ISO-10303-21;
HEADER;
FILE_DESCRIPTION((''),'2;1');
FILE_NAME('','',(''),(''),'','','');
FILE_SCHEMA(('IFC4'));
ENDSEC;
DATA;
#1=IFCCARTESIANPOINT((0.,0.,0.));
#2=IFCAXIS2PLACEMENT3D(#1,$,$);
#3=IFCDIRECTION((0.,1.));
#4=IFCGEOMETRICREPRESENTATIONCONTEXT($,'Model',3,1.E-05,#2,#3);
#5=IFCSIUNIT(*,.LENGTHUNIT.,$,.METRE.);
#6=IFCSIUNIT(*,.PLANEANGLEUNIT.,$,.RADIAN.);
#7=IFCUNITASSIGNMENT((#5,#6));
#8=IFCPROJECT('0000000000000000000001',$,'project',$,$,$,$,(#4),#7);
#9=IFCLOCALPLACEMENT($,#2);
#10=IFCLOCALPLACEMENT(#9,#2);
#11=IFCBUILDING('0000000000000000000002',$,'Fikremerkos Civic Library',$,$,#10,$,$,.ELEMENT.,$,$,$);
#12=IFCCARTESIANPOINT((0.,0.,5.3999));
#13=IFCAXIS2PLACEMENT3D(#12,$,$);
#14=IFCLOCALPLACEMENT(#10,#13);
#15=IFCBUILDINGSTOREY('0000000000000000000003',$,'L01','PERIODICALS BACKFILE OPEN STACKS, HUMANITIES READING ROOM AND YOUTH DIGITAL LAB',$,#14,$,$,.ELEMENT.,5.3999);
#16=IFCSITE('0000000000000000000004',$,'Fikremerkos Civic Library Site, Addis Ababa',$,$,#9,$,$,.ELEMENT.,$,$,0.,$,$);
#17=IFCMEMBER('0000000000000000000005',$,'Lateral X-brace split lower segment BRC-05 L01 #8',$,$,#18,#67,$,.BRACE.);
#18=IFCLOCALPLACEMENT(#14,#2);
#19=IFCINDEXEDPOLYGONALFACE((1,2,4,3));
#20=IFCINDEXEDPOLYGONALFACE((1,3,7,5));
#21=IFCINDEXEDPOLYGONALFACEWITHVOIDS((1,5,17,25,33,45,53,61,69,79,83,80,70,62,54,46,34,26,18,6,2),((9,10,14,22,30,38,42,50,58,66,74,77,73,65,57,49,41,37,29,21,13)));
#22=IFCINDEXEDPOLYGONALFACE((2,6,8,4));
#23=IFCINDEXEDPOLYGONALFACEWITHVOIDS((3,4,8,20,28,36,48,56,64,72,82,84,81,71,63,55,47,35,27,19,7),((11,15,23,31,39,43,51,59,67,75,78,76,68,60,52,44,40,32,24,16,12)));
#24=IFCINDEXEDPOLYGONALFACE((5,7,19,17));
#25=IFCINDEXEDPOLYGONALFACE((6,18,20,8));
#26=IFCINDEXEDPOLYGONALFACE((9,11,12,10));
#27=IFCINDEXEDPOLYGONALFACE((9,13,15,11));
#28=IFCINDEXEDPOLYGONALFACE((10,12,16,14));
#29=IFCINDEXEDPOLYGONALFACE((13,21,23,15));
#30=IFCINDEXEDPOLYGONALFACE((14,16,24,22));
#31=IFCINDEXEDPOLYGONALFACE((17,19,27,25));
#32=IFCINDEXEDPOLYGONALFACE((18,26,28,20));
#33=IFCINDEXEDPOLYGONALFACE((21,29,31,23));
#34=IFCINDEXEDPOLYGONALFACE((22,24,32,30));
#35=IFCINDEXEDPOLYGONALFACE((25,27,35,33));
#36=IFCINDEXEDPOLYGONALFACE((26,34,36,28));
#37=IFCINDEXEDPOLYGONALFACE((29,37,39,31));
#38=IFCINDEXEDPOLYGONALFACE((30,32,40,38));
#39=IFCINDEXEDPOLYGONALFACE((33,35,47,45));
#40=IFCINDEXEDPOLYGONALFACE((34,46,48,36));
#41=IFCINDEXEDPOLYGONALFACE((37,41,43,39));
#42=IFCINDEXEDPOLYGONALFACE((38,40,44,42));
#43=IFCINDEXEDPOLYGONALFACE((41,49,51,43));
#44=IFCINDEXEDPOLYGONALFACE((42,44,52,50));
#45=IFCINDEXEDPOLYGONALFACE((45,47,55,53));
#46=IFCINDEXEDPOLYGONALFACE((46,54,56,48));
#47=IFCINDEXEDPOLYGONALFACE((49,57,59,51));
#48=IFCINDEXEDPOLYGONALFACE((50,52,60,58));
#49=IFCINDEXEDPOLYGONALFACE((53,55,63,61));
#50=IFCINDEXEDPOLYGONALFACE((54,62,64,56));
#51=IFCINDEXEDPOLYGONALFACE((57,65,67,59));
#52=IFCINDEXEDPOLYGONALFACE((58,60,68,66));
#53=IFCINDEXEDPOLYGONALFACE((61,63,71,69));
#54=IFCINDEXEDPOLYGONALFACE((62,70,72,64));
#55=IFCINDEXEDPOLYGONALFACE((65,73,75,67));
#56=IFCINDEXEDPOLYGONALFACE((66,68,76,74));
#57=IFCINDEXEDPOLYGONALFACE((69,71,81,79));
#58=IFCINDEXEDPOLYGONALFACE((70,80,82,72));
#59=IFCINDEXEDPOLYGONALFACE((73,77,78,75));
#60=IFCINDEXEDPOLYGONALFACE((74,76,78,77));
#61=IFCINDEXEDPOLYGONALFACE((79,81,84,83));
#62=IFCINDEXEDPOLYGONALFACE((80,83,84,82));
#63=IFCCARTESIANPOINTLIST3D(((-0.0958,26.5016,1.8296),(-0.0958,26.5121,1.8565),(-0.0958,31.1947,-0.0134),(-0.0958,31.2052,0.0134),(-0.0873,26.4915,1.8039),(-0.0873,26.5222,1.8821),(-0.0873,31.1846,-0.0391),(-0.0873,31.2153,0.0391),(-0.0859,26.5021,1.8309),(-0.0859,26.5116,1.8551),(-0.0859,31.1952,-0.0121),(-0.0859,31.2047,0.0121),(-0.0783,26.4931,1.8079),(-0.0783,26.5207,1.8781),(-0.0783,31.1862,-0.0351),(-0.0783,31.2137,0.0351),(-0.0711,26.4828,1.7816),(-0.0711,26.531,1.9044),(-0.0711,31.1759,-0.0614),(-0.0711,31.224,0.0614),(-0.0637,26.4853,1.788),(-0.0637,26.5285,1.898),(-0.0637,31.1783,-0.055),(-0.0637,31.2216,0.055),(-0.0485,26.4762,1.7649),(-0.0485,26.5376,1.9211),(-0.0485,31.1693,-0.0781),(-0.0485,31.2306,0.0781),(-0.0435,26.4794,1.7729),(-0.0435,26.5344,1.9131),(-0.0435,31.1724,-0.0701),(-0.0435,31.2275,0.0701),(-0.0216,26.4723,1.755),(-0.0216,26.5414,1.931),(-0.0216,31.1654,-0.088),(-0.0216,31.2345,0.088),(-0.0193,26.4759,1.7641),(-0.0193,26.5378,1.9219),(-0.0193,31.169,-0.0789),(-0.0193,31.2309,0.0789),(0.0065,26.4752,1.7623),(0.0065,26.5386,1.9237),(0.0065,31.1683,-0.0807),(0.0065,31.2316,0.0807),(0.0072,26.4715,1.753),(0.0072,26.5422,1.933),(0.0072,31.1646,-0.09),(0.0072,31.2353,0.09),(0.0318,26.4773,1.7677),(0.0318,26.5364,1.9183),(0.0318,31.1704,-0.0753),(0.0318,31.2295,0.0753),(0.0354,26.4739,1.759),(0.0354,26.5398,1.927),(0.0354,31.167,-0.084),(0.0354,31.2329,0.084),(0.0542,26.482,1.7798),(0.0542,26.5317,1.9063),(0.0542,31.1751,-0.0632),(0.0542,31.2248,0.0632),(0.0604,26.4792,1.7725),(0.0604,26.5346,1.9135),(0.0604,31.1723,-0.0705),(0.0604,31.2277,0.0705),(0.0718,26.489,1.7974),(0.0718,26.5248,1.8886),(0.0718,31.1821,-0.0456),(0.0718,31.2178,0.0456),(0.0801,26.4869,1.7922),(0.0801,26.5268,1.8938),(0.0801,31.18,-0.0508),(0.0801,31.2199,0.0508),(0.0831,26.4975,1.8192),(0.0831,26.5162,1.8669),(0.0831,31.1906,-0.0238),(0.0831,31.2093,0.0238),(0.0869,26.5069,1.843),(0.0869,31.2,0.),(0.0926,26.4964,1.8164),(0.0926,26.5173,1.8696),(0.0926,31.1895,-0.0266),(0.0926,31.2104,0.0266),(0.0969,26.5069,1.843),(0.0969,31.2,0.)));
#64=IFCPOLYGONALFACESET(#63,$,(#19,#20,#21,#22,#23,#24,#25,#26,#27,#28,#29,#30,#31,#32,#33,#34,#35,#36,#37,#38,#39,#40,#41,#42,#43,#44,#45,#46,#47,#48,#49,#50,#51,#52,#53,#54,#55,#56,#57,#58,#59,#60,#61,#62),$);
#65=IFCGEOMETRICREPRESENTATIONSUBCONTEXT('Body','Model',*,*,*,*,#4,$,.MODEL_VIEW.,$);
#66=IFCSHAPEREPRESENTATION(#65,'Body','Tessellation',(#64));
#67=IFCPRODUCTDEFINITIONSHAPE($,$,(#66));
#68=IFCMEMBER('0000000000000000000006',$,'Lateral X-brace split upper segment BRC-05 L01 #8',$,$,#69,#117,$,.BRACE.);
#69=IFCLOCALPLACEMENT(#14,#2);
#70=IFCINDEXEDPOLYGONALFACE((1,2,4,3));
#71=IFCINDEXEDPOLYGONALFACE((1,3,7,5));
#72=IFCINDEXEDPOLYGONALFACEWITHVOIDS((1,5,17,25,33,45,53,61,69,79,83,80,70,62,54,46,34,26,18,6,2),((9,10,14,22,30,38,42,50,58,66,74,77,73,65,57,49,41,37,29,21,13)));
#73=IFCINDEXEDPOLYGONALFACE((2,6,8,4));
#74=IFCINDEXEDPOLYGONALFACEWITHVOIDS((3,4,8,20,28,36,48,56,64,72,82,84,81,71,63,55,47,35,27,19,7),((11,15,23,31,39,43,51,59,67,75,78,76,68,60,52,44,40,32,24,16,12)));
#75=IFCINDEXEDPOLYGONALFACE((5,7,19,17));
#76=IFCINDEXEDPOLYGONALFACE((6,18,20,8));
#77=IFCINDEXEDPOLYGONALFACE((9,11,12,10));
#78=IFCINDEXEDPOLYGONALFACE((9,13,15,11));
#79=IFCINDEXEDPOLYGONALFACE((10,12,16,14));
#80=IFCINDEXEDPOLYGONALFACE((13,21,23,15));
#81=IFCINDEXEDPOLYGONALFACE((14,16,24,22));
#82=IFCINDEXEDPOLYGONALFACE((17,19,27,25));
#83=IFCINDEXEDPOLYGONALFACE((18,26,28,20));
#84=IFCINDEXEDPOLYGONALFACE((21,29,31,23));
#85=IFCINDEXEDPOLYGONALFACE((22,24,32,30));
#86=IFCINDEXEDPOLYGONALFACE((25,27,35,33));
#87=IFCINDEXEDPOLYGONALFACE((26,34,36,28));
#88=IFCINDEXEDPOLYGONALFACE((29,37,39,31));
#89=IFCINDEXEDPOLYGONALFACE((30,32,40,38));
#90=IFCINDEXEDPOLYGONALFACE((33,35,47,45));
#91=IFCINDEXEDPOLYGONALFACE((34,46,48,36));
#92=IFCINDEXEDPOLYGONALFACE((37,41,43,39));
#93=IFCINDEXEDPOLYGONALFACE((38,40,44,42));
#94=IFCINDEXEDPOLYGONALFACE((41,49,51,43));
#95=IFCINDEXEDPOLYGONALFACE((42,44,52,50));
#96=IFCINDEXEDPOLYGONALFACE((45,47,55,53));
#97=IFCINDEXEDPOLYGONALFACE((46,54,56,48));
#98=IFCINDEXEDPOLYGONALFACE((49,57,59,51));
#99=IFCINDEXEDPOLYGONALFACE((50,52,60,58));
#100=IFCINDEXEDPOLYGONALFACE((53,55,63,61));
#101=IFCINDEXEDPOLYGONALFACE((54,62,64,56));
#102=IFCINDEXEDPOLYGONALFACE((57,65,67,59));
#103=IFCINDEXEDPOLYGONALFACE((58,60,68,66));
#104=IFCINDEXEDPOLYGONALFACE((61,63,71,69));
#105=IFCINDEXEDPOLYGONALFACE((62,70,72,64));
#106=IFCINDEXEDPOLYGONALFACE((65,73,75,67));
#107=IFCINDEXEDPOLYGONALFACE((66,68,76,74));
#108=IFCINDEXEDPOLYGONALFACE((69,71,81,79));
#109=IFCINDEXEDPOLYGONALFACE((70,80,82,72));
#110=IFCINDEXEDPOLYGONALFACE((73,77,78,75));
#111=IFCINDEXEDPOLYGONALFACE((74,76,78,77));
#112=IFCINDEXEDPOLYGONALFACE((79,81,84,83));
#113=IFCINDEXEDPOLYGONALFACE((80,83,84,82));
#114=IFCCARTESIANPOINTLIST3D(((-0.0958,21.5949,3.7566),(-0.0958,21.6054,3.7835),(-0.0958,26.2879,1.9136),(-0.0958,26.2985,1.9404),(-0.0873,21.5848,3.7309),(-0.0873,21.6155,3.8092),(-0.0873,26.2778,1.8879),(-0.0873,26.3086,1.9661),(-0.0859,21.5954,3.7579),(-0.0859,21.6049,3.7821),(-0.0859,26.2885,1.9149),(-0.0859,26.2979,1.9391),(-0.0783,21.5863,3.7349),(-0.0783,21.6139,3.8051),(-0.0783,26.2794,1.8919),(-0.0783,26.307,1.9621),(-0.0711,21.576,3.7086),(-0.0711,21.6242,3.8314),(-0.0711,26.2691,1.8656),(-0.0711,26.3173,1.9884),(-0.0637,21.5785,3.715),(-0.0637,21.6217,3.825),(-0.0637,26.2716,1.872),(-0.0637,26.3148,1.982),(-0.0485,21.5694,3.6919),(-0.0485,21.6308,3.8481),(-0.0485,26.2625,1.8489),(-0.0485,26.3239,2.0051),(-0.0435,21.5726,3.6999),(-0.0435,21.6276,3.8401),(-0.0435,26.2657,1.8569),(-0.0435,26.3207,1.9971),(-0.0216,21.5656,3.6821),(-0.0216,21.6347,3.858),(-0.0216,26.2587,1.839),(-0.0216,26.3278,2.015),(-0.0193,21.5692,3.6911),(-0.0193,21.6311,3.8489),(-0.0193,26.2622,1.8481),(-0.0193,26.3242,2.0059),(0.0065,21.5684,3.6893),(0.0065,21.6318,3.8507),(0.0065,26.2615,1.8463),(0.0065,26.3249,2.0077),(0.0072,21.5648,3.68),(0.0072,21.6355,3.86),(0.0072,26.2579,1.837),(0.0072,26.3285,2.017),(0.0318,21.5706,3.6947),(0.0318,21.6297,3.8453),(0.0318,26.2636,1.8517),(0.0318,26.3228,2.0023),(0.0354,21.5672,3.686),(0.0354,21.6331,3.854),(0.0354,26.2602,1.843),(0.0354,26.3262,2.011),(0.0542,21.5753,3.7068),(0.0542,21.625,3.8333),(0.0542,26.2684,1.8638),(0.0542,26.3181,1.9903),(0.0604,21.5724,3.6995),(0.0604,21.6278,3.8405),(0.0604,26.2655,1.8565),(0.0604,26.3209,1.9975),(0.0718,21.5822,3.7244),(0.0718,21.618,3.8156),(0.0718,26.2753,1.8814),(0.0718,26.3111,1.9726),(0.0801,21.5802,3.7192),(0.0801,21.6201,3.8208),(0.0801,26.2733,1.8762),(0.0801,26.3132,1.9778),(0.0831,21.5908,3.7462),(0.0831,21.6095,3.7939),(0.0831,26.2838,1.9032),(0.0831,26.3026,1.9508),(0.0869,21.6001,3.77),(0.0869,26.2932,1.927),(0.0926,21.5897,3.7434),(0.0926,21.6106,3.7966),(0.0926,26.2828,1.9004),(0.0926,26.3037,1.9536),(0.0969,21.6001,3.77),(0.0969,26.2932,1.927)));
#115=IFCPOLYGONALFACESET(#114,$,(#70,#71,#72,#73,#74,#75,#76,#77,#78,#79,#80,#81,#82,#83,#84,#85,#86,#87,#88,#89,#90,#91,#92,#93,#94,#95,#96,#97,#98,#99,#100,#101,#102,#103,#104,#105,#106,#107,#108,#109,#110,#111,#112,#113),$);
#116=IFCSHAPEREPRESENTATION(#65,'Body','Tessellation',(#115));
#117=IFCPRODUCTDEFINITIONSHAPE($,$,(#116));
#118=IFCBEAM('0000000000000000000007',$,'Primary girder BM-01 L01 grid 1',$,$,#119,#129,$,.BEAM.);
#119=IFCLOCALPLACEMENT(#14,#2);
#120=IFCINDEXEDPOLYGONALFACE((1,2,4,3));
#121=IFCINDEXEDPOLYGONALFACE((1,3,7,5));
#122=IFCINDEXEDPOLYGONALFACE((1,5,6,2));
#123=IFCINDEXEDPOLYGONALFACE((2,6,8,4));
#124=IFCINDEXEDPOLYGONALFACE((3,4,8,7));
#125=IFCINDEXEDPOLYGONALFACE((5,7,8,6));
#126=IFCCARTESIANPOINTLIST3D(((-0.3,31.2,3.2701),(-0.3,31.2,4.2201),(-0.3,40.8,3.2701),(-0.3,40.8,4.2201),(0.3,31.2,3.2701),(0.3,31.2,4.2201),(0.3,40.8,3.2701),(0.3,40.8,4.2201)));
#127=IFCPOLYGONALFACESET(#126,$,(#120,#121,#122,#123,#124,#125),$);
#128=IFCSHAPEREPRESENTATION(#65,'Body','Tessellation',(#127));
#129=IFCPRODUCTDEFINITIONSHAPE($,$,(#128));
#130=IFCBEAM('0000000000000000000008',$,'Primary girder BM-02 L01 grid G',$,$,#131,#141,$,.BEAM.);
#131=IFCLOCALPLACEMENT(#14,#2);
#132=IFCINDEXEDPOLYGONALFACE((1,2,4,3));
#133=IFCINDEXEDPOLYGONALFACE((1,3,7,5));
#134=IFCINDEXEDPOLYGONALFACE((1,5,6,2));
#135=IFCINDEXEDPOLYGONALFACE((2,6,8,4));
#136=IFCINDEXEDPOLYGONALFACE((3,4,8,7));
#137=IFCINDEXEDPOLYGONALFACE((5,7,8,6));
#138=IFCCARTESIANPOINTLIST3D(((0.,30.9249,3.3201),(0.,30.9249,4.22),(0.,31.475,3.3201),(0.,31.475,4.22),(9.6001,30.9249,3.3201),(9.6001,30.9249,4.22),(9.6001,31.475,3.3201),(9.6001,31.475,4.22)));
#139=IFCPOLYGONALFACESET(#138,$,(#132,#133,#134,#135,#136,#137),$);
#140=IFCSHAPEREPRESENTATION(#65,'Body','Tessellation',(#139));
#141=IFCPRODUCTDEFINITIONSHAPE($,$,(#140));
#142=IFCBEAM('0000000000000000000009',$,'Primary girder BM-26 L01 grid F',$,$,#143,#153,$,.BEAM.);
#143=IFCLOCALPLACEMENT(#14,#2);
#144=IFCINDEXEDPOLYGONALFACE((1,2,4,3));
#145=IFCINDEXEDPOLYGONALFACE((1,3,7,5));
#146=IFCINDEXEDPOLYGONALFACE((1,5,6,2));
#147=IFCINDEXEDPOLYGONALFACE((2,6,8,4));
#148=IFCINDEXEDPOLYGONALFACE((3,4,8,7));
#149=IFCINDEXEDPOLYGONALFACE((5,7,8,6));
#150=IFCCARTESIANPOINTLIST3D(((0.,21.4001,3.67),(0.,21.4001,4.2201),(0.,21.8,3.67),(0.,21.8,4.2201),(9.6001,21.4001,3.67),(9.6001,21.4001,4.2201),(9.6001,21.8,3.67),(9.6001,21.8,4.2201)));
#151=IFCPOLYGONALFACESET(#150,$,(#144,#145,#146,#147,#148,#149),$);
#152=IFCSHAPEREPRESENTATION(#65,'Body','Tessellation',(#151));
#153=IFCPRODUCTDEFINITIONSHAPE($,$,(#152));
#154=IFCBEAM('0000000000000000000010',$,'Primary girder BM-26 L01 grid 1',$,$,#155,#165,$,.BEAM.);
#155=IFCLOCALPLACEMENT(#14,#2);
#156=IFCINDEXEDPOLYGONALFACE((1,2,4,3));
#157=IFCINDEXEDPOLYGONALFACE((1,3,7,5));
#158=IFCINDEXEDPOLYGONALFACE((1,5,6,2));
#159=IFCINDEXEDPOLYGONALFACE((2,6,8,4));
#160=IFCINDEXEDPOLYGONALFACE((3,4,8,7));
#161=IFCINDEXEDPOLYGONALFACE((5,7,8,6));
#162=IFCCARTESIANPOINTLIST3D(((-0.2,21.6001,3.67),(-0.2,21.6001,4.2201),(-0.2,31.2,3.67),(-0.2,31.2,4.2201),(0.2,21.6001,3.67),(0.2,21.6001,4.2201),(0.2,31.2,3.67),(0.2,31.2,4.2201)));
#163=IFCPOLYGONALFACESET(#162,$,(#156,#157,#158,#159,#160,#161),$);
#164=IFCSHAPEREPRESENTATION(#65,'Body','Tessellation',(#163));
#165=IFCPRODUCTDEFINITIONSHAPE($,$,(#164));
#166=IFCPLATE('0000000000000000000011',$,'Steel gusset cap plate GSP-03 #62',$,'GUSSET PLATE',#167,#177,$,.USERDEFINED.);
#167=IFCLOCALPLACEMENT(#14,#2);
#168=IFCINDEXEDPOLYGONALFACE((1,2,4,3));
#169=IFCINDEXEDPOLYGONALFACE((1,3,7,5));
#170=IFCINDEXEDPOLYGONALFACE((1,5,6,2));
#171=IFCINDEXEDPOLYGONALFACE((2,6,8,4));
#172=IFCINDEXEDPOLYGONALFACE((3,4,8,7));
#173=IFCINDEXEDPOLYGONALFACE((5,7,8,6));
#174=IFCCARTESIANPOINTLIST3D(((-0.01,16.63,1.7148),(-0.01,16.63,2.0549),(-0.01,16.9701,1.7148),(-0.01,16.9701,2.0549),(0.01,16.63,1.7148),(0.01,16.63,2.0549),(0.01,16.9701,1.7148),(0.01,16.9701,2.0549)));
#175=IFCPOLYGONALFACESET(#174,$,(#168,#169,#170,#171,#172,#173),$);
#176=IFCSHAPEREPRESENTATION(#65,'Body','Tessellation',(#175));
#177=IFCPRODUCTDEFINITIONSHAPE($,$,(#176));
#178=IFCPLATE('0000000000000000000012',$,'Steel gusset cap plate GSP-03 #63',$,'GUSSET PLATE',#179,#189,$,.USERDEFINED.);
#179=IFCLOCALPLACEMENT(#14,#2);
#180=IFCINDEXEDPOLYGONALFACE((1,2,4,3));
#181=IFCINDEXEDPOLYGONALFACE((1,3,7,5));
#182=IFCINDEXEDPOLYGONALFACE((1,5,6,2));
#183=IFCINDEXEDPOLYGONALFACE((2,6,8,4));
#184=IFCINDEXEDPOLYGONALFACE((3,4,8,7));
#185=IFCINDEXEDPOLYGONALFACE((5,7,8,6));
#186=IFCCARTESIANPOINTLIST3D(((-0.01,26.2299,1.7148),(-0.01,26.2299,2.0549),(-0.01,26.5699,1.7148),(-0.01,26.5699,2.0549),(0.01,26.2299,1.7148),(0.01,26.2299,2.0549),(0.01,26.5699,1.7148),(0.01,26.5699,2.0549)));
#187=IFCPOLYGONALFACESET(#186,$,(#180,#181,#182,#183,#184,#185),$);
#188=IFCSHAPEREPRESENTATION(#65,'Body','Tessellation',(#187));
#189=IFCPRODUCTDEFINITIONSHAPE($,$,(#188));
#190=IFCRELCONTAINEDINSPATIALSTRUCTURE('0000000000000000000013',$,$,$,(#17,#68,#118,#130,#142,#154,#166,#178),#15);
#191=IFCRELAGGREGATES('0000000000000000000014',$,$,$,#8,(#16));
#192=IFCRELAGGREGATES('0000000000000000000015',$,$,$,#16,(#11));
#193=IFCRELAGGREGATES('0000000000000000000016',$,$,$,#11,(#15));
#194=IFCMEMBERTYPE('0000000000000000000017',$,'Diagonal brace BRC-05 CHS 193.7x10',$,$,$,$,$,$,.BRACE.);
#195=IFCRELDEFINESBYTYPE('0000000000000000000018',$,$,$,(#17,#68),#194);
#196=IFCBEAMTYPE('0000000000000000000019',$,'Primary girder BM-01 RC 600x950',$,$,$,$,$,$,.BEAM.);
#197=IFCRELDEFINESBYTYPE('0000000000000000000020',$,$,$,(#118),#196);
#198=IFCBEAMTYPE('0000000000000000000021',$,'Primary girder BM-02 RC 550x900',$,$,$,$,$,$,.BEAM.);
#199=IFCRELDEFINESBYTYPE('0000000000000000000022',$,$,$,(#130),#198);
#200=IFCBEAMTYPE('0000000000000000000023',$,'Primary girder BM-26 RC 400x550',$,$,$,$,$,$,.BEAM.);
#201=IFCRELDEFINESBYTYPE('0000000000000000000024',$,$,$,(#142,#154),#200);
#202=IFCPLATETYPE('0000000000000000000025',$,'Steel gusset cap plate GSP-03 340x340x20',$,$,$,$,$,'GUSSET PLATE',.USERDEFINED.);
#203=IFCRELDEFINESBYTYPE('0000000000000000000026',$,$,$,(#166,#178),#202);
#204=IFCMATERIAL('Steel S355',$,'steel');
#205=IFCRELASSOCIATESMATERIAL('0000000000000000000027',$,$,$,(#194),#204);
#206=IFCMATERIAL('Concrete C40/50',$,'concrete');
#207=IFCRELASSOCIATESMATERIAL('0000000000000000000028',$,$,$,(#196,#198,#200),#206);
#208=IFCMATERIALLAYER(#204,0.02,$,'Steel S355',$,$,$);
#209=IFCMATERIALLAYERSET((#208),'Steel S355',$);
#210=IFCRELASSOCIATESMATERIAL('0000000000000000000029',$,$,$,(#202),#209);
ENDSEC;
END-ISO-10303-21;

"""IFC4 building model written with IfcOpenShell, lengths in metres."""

from ifc_helpers import new_model, si_unit, direction, frame, origin, origin_2d, place, context, subcontext, project, spatial, rectangle, hollow_circle, extrude, material, layer, layer_set, material_profile, profile_set, type_object, element, save


model = new_model("IFC4")

# Units and contexts
model_context = context("Model", 3, precision=1e-05, world=origin(), true_north=direction((0.0, 1.0)))
body_context = subcontext(model_context, "Body", "Model", "MODEL_VIEW")
ifc_project = project(units=[si_unit("LENGTHUNIT", "METRE"), si_unit("PLANEANGLEUNIT", "RADIAN")], contexts=[model_context])

# Site, building, storey
site_placement = place(None, origin())
site = spatial("IfcSite", under=ifc_project, at=site_placement, Name="Fikremerkos Civic Library Site, Addis Ababa", CompositionType="ELEMENT", RefElevation=0.0)
building_placement = place(site_placement, origin())
building = spatial("IfcBuilding", under=site, at=building_placement, Name="Fikremerkos Civic Library", CompositionType="ELEMENT")
storey_placement = place(building_placement, frame((0.0, 0.0, 5.3999)))
storey = spatial("IfcBuildingStorey", under=building, at=storey_placement, Name="L01", Description="PERIODICALS BACKFILE OPEN STACKS, HUMANITIES READING ROOM AND YOUTH DIGITAL LAB", CompositionType="ELEMENT", Elevation=5.3999)

# Shared definitions
ifc_material_1 = material(Name="Concrete C40/50", Category="concrete")

# Members
ifc_material_2 = material(Name="Steel S355", Category="steel")
ifc_material_profile_1 = material_profile(ifc_material_2, hollow_circle(Radius=0.0969, WallThickness=0.01, at=origin_2d()), Name="CHS 193.7x10")
ifc_profile_set_1 = profile_set([ifc_material_profile_1], Name="Steel S355")
member_type_1 = type_object("IfcMemberType", Name="Diagonal brace BRC-05 CHS 193.7x10", PredefinedType="BRACE", material=ifc_profile_set_1)
for number, where, z_axis, x_axis, name in (
    (1, (0.0, 31.2, 0.0), (0.0, -0.930799, 0.365531), (1.0, 0.0, 0.0), "Lateral X-brace split lower segment BRC-05 L01 #8"),
    (2, (0.0, 26.2932, 1.927), (0.0, -0.930799, 0.365531), (1.0, 0.0, 0.0), "Lateral X-brace split upper segment BRC-05 L01 #8"),
):
    element("IfcMember", number, at=place(storey_placement, frame(where, z_axis=z_axis, x_axis=x_axis)), inside=storey, type_object=member_type_1, Name=name, PredefinedType="BRACE", context=body_context, shape_type="SweptSolid", body=[
        extrude(hollow_circle(Radius=0.0969, WallThickness=0.01, at=origin_2d()), origin(), (0.0, 0.0, 1.0), 5.042),
    ])

# Beams
ifc_material_profile_2 = material_profile(ifc_material_1, rectangle(XDim=0.6001, YDim=0.95, at=origin_2d()), Name="RC 600x950")
ifc_profile_set_2 = profile_set([ifc_material_profile_2], Name="Concrete C40/50")
beam_type_1 = type_object("IfcBeamType", Name="Primary girder BM-01 RC 600x950", PredefinedType="BEAM", material=ifc_profile_set_2)
beam_1_placement = place(storey_placement, frame((0.0, 31.2, 3.7451), z_axis=(0.0, 1.0, 0.0), x_axis=(-1.0, 0.0, 0.0)))
element("IfcBeam", 3, at=beam_1_placement, inside=storey, type_object=beam_type_1, Name="Primary girder BM-01 L01 grid 1", PredefinedType="BEAM", context=body_context, shape_type="SweptSolid", body=[
    extrude(rectangle(XDim=0.6001, YDim=0.95, at=origin_2d()), origin(), (0.0, 0.0, 1.0), 9.6001),
])
ifc_material_profile_3 = material_profile(ifc_material_1, rectangle(XDim=0.55, YDim=0.8999, at=origin_2d()), Name="RC 550x900")
ifc_profile_set_3 = profile_set([ifc_material_profile_3], Name="Concrete C40/50")
beam_type_2 = type_object("IfcBeamType", Name="Primary girder BM-02 RC 550x900", PredefinedType="BEAM", material=ifc_profile_set_3)
beam_2_placement = place(storey_placement, frame((0.0, 31.2, 3.77), z_axis=(1.0, 0.0, 0.0), x_axis=(0.0, 1.0, 0.0)))
element("IfcBeam", 4, at=beam_2_placement, inside=storey, type_object=beam_type_2, Name="Primary girder BM-02 L01 grid G", PredefinedType="BEAM", context=body_context, shape_type="SweptSolid", body=[
    extrude(rectangle(XDim=0.55, YDim=0.8999, at=origin_2d()), origin(), (0.0, 0.0, 1.0), 9.6001),
])
ifc_material_profile_4 = material_profile(ifc_material_1, rectangle(XDim=0.3999, YDim=0.55, at=origin_2d()), Name="RC 400x550")
ifc_profile_set_4 = profile_set([ifc_material_profile_4], Name="Concrete C40/50")
beam_type_3 = type_object("IfcBeamType", Name="Primary girder BM-26 RC 400x550", PredefinedType="BEAM", material=ifc_profile_set_4)
beam_3_placement = place(storey_placement, frame((0.0, 21.6001, 3.9451), z_axis=(1.0, 0.0, 0.0), x_axis=(0.0, 1.0, 0.0)))
element("IfcBeam", 5, at=beam_3_placement, inside=storey, type_object=beam_type_3, Name="Primary girder BM-26 L01 grid F", PredefinedType="BEAM", context=body_context, shape_type="SweptSolid", body=[
    extrude(rectangle(XDim=0.3999, YDim=0.55, at=origin_2d()), origin(), (0.0, 0.0, 1.0), 9.6001),
])
beam_4_placement = place(storey_placement, frame((0.0, 21.6001, 3.9451), z_axis=(0.0, 1.0, 0.0), x_axis=(-1.0, 0.0, 0.0)))
element("IfcBeam", 6, at=beam_4_placement, inside=storey, type_object=beam_type_3, Name="Primary girder BM-26 L01 grid 1", PredefinedType="BEAM", context=body_context, shape_type="SweptSolid", body=[
    extrude(rectangle(XDim=0.3999, YDim=0.55, at=origin_2d()), origin(), (0.0, 0.0, 1.0), 9.5999),
])

# Plates
ifc_layer_1 = layer(ifc_material_2, 0.02, Name="Steel S355")
ifc_layer_set_1 = layer_set([ifc_layer_1], Name="Steel S355")
plate_type = type_object("IfcPlateType", Name="Steel gusset cap plate GSP-03 340x340x20", ElementType="GUSSET PLATE", PredefinedType="USERDEFINED", material=ifc_layer_set_1)
for number, where, z_axis, x_axis, name in (
    (7, (0.0, 16.8, 1.7148), (0.0, 0.0, 1.0), (1.0, 0.0, 0.0), "Steel gusset cap plate GSP-03 #62"),
    (8, (0.0, 26.3999, 1.7148), (0.0, 0.0, 1.0), (1.0, 0.0, 0.0), "Steel gusset cap plate GSP-03 #63"),
):
    element("IfcPlate", number, at=place(storey_placement, frame(where, z_axis=z_axis, x_axis=x_axis)), inside=storey, type_object=plate_type, Name=name, ObjectType="GUSSET PLATE", PredefinedType="USERDEFINED", context=body_context, shape_type="SweptSolid", body=[
        extrude(rectangle(XDim=0.02, YDim=0.3401, at=origin_2d()), origin(), (0.0, 0.0, 1.0), 0.3401),
    ])

save(model, "model.ifc")
